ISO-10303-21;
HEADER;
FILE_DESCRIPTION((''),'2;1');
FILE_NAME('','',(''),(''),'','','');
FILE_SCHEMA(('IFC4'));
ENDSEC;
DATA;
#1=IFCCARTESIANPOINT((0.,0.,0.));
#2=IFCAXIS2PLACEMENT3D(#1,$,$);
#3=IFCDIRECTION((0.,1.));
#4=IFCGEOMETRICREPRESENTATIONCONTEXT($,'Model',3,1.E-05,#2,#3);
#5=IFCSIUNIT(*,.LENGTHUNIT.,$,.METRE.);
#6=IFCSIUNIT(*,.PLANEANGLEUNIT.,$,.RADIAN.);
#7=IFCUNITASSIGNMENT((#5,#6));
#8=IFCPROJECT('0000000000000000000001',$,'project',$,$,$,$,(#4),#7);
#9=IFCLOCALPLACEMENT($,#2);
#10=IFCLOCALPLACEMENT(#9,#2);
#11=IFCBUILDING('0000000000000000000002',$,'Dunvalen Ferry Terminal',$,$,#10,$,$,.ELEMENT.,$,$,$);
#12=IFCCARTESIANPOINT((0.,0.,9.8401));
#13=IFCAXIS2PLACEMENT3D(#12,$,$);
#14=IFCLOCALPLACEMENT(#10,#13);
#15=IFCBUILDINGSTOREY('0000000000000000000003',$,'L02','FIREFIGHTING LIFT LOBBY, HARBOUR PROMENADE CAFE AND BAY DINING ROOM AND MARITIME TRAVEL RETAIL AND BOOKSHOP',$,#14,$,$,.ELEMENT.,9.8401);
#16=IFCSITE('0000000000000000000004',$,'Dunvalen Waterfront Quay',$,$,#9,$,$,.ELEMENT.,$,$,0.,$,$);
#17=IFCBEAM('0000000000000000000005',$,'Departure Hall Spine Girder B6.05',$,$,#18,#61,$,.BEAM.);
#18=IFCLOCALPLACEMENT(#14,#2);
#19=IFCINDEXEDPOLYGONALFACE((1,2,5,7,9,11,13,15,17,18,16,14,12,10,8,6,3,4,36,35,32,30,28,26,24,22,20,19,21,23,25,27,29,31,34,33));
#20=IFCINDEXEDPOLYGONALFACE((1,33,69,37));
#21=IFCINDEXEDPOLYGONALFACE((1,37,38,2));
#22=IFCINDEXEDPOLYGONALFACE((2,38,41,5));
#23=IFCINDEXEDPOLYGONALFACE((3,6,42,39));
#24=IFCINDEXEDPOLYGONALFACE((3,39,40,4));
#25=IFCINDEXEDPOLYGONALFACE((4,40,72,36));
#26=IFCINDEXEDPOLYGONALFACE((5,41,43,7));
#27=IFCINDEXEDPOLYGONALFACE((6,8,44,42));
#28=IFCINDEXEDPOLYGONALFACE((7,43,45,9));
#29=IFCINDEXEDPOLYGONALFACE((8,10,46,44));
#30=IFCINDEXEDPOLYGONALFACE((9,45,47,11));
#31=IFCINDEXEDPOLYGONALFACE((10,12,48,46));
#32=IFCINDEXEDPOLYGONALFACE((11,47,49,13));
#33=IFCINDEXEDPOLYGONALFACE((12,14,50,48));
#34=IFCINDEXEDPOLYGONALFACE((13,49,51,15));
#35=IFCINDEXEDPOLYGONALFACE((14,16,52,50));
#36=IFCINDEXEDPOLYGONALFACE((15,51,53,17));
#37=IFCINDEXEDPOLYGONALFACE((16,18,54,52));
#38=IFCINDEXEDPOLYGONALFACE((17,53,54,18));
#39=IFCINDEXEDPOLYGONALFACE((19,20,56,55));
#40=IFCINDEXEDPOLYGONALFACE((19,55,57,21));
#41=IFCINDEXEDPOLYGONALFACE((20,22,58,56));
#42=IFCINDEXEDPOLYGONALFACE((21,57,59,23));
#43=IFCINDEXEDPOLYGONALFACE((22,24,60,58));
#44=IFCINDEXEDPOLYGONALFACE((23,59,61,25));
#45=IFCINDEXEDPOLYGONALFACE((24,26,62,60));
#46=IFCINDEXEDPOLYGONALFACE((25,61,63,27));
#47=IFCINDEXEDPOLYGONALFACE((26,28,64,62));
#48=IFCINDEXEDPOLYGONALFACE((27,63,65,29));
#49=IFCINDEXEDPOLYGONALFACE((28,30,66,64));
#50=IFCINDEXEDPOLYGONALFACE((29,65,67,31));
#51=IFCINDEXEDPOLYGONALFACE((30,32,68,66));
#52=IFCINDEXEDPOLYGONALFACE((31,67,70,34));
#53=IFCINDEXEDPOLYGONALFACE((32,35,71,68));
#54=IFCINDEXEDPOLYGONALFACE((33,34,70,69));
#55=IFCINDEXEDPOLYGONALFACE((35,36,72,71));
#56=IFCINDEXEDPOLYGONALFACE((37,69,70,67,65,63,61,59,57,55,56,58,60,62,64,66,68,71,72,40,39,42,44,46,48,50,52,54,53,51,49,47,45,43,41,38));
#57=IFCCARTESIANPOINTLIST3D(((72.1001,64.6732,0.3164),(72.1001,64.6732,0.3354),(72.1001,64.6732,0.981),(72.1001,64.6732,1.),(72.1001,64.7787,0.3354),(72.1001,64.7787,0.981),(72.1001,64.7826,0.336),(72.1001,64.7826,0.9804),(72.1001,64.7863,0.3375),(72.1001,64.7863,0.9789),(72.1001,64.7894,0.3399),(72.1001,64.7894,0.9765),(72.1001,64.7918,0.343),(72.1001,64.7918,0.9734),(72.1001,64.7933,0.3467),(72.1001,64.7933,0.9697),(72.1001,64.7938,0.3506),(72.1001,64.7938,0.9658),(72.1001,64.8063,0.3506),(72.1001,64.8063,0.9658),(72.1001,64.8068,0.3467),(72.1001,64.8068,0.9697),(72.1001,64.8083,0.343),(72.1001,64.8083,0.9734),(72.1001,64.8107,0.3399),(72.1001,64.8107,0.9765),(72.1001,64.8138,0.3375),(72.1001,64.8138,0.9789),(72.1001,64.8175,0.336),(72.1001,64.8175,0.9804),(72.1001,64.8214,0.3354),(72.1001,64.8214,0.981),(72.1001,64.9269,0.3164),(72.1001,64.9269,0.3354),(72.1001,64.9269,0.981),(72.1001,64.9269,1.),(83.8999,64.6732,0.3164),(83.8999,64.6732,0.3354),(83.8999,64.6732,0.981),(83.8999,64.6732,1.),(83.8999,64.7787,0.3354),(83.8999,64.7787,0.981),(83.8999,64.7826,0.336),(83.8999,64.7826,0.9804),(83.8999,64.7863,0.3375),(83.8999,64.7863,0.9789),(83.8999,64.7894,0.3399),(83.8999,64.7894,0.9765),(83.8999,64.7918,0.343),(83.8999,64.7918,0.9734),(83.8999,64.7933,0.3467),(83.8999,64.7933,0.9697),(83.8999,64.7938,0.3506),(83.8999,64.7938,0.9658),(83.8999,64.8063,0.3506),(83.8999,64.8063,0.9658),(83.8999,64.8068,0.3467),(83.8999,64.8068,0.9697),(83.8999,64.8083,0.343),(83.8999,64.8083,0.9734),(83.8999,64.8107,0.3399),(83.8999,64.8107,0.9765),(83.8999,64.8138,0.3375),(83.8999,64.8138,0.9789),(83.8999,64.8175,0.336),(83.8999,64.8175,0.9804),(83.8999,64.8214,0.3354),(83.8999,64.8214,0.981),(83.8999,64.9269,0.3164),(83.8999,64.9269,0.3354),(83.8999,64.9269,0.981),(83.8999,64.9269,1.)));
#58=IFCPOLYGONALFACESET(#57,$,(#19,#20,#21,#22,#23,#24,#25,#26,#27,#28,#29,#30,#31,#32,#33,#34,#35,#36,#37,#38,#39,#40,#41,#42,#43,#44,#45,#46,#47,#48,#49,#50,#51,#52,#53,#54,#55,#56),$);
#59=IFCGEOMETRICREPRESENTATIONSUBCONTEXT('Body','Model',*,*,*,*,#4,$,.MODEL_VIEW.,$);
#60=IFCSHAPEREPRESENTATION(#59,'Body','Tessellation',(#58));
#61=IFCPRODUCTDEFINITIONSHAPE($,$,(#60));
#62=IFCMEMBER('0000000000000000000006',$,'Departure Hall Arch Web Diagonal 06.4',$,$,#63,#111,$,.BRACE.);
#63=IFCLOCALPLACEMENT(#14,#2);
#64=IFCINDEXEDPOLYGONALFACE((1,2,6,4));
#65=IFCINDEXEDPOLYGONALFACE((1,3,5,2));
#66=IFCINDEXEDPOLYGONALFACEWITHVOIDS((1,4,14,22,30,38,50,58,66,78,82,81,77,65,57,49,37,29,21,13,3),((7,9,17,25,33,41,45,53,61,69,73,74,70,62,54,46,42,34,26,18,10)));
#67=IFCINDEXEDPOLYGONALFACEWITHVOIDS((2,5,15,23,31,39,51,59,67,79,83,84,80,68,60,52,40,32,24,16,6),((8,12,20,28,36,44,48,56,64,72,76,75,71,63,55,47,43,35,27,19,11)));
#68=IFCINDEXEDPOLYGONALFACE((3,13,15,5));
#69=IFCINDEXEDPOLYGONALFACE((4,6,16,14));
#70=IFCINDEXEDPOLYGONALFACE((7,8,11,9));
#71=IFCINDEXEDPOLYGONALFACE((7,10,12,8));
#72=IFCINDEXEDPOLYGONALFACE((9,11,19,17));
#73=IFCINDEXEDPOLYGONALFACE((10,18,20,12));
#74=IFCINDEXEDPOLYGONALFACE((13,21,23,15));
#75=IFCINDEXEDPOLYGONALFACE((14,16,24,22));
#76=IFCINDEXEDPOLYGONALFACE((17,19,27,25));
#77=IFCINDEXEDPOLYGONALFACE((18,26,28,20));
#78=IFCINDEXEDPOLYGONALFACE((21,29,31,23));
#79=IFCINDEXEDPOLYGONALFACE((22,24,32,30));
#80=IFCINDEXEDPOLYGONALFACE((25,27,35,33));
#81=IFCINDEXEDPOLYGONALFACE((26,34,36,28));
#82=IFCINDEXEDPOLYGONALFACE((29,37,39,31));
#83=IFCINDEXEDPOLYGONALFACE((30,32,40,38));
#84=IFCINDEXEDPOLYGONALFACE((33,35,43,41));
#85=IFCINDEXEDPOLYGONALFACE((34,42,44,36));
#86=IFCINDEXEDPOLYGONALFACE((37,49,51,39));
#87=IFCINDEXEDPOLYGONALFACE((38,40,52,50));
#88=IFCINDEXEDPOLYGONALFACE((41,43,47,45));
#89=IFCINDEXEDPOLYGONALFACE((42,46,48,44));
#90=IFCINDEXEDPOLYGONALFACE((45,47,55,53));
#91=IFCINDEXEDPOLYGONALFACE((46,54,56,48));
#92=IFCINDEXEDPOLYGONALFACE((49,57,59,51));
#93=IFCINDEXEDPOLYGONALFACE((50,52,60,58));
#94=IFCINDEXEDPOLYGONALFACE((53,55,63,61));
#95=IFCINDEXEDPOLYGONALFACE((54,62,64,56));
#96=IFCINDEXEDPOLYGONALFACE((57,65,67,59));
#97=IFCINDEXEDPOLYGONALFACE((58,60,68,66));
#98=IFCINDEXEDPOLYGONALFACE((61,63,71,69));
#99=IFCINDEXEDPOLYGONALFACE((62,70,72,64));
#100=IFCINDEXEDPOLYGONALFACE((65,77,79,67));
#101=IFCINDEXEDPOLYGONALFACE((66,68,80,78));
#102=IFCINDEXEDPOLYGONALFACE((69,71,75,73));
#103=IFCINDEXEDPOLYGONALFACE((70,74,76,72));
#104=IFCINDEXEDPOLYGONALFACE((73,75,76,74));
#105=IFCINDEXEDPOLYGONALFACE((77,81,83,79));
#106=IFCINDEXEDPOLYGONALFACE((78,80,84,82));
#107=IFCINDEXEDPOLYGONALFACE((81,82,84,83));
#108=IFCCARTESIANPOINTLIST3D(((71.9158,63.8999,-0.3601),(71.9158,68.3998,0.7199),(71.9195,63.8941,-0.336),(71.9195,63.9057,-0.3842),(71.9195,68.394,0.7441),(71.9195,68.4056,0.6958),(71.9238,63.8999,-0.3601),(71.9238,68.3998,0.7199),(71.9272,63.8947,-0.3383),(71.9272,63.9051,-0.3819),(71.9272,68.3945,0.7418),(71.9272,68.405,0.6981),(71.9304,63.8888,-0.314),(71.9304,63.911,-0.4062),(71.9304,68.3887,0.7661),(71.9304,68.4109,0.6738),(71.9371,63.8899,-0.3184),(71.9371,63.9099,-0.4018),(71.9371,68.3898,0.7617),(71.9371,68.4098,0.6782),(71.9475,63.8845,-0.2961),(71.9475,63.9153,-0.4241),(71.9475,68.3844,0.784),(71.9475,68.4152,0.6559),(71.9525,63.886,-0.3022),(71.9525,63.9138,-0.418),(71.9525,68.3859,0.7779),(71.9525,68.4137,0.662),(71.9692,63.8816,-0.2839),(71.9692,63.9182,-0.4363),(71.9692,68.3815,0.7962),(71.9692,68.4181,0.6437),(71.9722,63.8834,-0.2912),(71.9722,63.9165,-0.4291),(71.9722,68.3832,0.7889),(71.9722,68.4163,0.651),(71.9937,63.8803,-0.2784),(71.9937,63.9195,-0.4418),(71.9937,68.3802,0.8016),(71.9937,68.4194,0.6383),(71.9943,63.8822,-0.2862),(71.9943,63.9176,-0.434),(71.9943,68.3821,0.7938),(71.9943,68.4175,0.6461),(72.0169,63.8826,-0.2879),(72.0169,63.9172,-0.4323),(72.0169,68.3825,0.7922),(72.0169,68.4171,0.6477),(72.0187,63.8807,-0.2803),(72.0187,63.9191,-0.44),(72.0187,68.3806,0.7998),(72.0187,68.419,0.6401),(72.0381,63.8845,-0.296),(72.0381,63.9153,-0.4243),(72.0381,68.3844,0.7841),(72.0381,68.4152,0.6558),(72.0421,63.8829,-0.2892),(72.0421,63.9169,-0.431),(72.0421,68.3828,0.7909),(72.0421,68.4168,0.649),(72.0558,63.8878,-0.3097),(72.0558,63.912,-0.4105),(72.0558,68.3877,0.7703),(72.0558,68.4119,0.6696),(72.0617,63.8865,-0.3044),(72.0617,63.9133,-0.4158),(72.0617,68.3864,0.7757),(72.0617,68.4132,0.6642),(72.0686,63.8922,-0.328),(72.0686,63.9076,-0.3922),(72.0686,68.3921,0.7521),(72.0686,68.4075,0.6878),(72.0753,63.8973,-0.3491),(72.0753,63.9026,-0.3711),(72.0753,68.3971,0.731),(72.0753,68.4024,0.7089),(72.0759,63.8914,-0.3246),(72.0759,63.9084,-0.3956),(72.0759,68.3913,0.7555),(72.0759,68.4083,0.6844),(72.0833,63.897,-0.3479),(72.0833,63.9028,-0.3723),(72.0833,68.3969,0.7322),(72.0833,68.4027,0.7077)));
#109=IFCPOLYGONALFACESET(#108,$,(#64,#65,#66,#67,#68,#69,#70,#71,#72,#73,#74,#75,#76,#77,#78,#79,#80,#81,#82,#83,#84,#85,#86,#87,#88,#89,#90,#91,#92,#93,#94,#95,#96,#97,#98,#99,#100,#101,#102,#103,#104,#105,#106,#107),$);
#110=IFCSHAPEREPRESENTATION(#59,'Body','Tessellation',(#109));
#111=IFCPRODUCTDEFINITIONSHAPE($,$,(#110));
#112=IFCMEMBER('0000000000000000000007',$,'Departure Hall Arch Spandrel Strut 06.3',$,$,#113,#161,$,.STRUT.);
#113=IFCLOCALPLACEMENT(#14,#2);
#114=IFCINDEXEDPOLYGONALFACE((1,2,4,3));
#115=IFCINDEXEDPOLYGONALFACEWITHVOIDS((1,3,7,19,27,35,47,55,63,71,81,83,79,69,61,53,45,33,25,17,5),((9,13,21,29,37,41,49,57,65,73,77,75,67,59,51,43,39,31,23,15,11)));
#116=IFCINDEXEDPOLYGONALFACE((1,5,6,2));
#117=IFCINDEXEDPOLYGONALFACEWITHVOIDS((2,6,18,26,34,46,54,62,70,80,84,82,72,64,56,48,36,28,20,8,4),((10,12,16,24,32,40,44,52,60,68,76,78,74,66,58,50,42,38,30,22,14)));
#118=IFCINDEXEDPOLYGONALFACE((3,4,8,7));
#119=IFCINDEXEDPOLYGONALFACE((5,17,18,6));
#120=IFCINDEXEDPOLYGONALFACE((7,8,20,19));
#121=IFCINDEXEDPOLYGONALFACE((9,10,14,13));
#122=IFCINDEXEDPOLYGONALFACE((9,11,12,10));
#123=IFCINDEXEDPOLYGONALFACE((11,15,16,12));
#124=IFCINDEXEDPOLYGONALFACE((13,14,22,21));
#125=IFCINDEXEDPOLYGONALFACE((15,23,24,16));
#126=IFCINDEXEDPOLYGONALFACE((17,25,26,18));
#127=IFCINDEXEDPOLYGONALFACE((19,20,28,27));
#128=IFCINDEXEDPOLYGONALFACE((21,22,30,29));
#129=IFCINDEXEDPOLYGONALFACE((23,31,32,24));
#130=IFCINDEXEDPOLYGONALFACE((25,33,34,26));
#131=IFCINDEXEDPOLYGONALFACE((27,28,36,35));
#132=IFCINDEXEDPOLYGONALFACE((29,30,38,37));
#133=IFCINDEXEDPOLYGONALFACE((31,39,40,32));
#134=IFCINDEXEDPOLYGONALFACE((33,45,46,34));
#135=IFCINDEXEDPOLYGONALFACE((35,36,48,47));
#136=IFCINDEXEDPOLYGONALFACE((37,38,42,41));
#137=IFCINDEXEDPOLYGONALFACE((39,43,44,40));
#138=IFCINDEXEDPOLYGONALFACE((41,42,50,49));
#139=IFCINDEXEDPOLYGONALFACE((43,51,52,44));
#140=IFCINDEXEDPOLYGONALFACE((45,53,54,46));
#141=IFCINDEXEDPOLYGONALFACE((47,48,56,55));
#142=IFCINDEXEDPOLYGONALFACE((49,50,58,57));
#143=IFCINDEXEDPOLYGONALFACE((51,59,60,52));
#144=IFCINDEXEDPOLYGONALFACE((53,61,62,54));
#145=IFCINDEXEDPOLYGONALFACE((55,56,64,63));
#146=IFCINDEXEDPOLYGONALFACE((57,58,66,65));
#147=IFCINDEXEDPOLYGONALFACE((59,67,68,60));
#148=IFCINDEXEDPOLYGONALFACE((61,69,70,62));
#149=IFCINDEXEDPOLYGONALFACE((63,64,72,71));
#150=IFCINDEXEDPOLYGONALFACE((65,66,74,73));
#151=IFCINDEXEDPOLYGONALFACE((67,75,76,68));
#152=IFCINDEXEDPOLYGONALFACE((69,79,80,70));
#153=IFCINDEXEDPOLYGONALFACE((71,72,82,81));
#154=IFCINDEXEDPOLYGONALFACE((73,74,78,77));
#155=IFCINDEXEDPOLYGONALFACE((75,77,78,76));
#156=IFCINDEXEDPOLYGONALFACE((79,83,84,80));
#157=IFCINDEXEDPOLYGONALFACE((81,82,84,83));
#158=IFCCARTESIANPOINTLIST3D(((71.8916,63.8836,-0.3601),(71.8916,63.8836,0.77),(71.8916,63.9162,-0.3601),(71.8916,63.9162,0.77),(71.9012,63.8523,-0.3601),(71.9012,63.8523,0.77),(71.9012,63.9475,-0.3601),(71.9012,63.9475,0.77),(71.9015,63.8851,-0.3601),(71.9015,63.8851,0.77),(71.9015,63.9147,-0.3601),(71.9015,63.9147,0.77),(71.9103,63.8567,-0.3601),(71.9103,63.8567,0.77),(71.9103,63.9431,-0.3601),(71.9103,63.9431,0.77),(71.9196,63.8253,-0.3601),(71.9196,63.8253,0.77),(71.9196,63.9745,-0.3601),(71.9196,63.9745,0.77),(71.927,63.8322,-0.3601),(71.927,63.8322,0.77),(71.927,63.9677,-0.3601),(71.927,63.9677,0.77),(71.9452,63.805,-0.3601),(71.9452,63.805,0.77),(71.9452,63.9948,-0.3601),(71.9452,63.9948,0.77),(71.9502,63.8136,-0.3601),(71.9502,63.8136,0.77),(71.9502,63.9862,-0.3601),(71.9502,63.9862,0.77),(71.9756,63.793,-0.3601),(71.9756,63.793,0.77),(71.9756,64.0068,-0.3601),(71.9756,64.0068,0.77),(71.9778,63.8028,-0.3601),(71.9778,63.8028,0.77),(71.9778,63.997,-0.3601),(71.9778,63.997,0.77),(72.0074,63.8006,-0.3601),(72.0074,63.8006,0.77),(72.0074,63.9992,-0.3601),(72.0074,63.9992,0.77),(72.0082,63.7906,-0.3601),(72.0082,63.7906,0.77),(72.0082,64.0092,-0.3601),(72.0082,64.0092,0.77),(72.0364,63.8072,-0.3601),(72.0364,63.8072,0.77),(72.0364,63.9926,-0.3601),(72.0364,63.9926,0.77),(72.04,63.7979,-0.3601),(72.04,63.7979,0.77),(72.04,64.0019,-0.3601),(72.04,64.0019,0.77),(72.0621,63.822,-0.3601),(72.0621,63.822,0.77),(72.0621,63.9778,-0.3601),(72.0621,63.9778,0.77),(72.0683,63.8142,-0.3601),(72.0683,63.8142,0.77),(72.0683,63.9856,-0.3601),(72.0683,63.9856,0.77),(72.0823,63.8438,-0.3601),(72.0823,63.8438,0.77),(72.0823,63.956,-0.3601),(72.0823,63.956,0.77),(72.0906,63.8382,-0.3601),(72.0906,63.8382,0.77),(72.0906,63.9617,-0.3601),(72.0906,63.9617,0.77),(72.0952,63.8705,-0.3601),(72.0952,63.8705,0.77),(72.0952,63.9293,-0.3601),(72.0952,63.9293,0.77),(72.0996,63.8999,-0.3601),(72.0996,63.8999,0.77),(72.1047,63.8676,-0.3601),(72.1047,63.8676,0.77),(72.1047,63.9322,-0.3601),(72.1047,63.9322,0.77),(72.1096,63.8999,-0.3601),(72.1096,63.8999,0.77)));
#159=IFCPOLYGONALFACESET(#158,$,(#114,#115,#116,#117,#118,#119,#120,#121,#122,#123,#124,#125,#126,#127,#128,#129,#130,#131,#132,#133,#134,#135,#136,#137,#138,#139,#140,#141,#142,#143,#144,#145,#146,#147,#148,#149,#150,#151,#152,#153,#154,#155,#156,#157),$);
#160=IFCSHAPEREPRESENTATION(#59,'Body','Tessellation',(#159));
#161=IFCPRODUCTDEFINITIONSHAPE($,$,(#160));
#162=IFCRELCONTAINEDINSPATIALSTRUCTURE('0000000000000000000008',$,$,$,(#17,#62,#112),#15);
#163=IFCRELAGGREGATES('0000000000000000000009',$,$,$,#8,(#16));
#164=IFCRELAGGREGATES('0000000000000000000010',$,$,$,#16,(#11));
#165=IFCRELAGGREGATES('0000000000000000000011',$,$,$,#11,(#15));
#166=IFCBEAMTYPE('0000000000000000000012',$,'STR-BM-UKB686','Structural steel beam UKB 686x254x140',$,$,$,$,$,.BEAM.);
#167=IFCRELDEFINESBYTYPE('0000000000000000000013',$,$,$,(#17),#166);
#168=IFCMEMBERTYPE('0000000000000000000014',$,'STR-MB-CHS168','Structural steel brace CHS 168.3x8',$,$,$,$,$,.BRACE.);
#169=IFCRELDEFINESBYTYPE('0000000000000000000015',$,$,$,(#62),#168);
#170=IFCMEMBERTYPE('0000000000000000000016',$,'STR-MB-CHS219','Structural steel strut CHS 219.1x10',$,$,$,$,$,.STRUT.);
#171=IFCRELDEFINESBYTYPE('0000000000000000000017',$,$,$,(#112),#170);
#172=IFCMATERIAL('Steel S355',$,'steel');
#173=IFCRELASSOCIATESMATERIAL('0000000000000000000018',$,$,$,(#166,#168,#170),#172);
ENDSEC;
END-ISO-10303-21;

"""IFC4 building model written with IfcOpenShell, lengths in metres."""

from ifc_helpers import new_model, si_unit, direction, frame, origin, origin_2d, place, context, subcontext, project, spatial, hollow_circle, i_section, extrude, material, material_profile, profile_set, type_object, element, save


model = new_model("IFC4")

# Units and contexts
model_context = context("Model", 3, precision=1e-05, world=origin(), true_north=direction((0.0, 1.0)))
body_context = subcontext(model_context, "Body", "Model", "MODEL_VIEW")
ifc_project = project(units=[si_unit("LENGTHUNIT", "METRE"), si_unit("PLANEANGLEUNIT", "RADIAN")], contexts=[model_context])

# Site, building, storey
site_placement = place(None, origin())
site = spatial("IfcSite", under=ifc_project, at=site_placement, Name="Dunvalen Waterfront Quay", CompositionType="ELEMENT", RefElevation=0.0)
building_placement = place(site_placement, origin())
building = spatial("IfcBuilding", under=site, at=building_placement, Name="Dunvalen Ferry Terminal", CompositionType="ELEMENT")
storey_placement = place(building_placement, frame((0.0, 0.0, 9.8401)))
storey = spatial("IfcBuildingStorey", under=building, at=storey_placement, Name="L02", Description="FIREFIGHTING LIFT LOBBY, HARBOUR PROMENADE CAFE AND BAY DINING ROOM AND MARITIME TRAVEL RETAIL AND BOOKSHOP", CompositionType="ELEMENT", Elevation=9.8401)

# Beam
ifc_material_1 = material(Name="Steel S355", Category="steel")
ifc_material_profile_1 = material_profile(ifc_material_1, i_section(OverallWidth=0.2537, OverallDepth=0.6836, WebThickness=0.0125, FlangeThickness=0.019, FilletRadius=0.0151, at=origin_2d()), Name="Steel S355")
ifc_profile_set_1 = profile_set([ifc_material_profile_1], Name="Steel S355")
beam_type_1 = type_object("IfcBeamType", Name="STR-BM-UKB686", Description="Structural steel beam UKB 686x254x140", PredefinedType="BEAM", material=ifc_profile_set_1)
beam_1_placement = place(storey_placement, frame((72.1001, 64.8, 0.6582), z_axis=(1.0, 0.0, 0.0), x_axis=(0.0, 1.0, 0.0)))
element("IfcBeam", 1, at=beam_1_placement, inside=storey, type_object=beam_type_1, Name="Departure Hall Spine Girder B6.05", PredefinedType="BEAM", context=body_context, shape_type="SweptSolid", body=[
    extrude(i_section(OverallWidth=0.2537, OverallDepth=0.6836, WebThickness=0.0125, FlangeThickness=0.019, FilletRadius=0.0151, at=origin_2d()), origin(), (0.0, 0.0, 1.0), 11.7998),
])

# Members
ifc_material_profile_2 = material_profile(ifc_material_1, hollow_circle(Radius=0.0842, WallThickness=0.0081, at=origin_2d()), Name="Steel S355")
ifc_profile_set_2 = profile_set([ifc_material_profile_2], Name="Steel S355")
member_type_1 = type_object("IfcMemberType", Name="STR-MB-CHS168", Description="Structural steel brace CHS 168.3x8", PredefinedType="BRACE", material=ifc_profile_set_2)
member_1_placement = place(storey_placement, frame((72.0, 63.8999, -0.3601), z_axis=(0.0, 0.972383, 0.233389), x_axis=(-1.0, 0.0, 0.0)))
element("IfcMember", 2, at=member_1_placement, inside=storey, type_object=member_type_1, Name="Departure Hall Arch Web Diagonal 06.4", PredefinedType="BRACE", context=body_context, shape_type="SweptSolid", body=[
    extrude(hollow_circle(Radius=0.0842, WallThickness=0.0081, at=origin_2d()), origin(), (0.0, 0.0, 1.0), 4.6277),
])
ifc_material_profile_3 = material_profile(ifc_material_1, hollow_circle(Radius=0.1096, WallThickness=0.01, at=origin_2d()), Name="Steel S355")
ifc_profile_set_3 = profile_set([ifc_material_profile_3], Name="Steel S355")
member_type_2 = type_object("IfcMemberType", Name="STR-MB-CHS219", Description="Structural steel strut CHS 219.1x10", PredefinedType="STRUT", material=ifc_profile_set_3)
member_2_placement = place(storey_placement, frame((72.0, 63.8999, -0.3601), z_axis=(0.0, 0.0, 1.0), x_axis=(1.0, 0.0, 0.0)))
element("IfcMember", 3, at=member_2_placement, inside=storey, type_object=member_type_2, Name="Departure Hall Arch Spandrel Strut 06.3", PredefinedType="STRUT", context=body_context, shape_type="SweptSolid", body=[
    extrude(hollow_circle(Radius=0.1096, WallThickness=0.01, at=origin_2d()), origin(), (0.0, 0.0, 1.0), 1.1301),
])

save(model, "model.ifc")
